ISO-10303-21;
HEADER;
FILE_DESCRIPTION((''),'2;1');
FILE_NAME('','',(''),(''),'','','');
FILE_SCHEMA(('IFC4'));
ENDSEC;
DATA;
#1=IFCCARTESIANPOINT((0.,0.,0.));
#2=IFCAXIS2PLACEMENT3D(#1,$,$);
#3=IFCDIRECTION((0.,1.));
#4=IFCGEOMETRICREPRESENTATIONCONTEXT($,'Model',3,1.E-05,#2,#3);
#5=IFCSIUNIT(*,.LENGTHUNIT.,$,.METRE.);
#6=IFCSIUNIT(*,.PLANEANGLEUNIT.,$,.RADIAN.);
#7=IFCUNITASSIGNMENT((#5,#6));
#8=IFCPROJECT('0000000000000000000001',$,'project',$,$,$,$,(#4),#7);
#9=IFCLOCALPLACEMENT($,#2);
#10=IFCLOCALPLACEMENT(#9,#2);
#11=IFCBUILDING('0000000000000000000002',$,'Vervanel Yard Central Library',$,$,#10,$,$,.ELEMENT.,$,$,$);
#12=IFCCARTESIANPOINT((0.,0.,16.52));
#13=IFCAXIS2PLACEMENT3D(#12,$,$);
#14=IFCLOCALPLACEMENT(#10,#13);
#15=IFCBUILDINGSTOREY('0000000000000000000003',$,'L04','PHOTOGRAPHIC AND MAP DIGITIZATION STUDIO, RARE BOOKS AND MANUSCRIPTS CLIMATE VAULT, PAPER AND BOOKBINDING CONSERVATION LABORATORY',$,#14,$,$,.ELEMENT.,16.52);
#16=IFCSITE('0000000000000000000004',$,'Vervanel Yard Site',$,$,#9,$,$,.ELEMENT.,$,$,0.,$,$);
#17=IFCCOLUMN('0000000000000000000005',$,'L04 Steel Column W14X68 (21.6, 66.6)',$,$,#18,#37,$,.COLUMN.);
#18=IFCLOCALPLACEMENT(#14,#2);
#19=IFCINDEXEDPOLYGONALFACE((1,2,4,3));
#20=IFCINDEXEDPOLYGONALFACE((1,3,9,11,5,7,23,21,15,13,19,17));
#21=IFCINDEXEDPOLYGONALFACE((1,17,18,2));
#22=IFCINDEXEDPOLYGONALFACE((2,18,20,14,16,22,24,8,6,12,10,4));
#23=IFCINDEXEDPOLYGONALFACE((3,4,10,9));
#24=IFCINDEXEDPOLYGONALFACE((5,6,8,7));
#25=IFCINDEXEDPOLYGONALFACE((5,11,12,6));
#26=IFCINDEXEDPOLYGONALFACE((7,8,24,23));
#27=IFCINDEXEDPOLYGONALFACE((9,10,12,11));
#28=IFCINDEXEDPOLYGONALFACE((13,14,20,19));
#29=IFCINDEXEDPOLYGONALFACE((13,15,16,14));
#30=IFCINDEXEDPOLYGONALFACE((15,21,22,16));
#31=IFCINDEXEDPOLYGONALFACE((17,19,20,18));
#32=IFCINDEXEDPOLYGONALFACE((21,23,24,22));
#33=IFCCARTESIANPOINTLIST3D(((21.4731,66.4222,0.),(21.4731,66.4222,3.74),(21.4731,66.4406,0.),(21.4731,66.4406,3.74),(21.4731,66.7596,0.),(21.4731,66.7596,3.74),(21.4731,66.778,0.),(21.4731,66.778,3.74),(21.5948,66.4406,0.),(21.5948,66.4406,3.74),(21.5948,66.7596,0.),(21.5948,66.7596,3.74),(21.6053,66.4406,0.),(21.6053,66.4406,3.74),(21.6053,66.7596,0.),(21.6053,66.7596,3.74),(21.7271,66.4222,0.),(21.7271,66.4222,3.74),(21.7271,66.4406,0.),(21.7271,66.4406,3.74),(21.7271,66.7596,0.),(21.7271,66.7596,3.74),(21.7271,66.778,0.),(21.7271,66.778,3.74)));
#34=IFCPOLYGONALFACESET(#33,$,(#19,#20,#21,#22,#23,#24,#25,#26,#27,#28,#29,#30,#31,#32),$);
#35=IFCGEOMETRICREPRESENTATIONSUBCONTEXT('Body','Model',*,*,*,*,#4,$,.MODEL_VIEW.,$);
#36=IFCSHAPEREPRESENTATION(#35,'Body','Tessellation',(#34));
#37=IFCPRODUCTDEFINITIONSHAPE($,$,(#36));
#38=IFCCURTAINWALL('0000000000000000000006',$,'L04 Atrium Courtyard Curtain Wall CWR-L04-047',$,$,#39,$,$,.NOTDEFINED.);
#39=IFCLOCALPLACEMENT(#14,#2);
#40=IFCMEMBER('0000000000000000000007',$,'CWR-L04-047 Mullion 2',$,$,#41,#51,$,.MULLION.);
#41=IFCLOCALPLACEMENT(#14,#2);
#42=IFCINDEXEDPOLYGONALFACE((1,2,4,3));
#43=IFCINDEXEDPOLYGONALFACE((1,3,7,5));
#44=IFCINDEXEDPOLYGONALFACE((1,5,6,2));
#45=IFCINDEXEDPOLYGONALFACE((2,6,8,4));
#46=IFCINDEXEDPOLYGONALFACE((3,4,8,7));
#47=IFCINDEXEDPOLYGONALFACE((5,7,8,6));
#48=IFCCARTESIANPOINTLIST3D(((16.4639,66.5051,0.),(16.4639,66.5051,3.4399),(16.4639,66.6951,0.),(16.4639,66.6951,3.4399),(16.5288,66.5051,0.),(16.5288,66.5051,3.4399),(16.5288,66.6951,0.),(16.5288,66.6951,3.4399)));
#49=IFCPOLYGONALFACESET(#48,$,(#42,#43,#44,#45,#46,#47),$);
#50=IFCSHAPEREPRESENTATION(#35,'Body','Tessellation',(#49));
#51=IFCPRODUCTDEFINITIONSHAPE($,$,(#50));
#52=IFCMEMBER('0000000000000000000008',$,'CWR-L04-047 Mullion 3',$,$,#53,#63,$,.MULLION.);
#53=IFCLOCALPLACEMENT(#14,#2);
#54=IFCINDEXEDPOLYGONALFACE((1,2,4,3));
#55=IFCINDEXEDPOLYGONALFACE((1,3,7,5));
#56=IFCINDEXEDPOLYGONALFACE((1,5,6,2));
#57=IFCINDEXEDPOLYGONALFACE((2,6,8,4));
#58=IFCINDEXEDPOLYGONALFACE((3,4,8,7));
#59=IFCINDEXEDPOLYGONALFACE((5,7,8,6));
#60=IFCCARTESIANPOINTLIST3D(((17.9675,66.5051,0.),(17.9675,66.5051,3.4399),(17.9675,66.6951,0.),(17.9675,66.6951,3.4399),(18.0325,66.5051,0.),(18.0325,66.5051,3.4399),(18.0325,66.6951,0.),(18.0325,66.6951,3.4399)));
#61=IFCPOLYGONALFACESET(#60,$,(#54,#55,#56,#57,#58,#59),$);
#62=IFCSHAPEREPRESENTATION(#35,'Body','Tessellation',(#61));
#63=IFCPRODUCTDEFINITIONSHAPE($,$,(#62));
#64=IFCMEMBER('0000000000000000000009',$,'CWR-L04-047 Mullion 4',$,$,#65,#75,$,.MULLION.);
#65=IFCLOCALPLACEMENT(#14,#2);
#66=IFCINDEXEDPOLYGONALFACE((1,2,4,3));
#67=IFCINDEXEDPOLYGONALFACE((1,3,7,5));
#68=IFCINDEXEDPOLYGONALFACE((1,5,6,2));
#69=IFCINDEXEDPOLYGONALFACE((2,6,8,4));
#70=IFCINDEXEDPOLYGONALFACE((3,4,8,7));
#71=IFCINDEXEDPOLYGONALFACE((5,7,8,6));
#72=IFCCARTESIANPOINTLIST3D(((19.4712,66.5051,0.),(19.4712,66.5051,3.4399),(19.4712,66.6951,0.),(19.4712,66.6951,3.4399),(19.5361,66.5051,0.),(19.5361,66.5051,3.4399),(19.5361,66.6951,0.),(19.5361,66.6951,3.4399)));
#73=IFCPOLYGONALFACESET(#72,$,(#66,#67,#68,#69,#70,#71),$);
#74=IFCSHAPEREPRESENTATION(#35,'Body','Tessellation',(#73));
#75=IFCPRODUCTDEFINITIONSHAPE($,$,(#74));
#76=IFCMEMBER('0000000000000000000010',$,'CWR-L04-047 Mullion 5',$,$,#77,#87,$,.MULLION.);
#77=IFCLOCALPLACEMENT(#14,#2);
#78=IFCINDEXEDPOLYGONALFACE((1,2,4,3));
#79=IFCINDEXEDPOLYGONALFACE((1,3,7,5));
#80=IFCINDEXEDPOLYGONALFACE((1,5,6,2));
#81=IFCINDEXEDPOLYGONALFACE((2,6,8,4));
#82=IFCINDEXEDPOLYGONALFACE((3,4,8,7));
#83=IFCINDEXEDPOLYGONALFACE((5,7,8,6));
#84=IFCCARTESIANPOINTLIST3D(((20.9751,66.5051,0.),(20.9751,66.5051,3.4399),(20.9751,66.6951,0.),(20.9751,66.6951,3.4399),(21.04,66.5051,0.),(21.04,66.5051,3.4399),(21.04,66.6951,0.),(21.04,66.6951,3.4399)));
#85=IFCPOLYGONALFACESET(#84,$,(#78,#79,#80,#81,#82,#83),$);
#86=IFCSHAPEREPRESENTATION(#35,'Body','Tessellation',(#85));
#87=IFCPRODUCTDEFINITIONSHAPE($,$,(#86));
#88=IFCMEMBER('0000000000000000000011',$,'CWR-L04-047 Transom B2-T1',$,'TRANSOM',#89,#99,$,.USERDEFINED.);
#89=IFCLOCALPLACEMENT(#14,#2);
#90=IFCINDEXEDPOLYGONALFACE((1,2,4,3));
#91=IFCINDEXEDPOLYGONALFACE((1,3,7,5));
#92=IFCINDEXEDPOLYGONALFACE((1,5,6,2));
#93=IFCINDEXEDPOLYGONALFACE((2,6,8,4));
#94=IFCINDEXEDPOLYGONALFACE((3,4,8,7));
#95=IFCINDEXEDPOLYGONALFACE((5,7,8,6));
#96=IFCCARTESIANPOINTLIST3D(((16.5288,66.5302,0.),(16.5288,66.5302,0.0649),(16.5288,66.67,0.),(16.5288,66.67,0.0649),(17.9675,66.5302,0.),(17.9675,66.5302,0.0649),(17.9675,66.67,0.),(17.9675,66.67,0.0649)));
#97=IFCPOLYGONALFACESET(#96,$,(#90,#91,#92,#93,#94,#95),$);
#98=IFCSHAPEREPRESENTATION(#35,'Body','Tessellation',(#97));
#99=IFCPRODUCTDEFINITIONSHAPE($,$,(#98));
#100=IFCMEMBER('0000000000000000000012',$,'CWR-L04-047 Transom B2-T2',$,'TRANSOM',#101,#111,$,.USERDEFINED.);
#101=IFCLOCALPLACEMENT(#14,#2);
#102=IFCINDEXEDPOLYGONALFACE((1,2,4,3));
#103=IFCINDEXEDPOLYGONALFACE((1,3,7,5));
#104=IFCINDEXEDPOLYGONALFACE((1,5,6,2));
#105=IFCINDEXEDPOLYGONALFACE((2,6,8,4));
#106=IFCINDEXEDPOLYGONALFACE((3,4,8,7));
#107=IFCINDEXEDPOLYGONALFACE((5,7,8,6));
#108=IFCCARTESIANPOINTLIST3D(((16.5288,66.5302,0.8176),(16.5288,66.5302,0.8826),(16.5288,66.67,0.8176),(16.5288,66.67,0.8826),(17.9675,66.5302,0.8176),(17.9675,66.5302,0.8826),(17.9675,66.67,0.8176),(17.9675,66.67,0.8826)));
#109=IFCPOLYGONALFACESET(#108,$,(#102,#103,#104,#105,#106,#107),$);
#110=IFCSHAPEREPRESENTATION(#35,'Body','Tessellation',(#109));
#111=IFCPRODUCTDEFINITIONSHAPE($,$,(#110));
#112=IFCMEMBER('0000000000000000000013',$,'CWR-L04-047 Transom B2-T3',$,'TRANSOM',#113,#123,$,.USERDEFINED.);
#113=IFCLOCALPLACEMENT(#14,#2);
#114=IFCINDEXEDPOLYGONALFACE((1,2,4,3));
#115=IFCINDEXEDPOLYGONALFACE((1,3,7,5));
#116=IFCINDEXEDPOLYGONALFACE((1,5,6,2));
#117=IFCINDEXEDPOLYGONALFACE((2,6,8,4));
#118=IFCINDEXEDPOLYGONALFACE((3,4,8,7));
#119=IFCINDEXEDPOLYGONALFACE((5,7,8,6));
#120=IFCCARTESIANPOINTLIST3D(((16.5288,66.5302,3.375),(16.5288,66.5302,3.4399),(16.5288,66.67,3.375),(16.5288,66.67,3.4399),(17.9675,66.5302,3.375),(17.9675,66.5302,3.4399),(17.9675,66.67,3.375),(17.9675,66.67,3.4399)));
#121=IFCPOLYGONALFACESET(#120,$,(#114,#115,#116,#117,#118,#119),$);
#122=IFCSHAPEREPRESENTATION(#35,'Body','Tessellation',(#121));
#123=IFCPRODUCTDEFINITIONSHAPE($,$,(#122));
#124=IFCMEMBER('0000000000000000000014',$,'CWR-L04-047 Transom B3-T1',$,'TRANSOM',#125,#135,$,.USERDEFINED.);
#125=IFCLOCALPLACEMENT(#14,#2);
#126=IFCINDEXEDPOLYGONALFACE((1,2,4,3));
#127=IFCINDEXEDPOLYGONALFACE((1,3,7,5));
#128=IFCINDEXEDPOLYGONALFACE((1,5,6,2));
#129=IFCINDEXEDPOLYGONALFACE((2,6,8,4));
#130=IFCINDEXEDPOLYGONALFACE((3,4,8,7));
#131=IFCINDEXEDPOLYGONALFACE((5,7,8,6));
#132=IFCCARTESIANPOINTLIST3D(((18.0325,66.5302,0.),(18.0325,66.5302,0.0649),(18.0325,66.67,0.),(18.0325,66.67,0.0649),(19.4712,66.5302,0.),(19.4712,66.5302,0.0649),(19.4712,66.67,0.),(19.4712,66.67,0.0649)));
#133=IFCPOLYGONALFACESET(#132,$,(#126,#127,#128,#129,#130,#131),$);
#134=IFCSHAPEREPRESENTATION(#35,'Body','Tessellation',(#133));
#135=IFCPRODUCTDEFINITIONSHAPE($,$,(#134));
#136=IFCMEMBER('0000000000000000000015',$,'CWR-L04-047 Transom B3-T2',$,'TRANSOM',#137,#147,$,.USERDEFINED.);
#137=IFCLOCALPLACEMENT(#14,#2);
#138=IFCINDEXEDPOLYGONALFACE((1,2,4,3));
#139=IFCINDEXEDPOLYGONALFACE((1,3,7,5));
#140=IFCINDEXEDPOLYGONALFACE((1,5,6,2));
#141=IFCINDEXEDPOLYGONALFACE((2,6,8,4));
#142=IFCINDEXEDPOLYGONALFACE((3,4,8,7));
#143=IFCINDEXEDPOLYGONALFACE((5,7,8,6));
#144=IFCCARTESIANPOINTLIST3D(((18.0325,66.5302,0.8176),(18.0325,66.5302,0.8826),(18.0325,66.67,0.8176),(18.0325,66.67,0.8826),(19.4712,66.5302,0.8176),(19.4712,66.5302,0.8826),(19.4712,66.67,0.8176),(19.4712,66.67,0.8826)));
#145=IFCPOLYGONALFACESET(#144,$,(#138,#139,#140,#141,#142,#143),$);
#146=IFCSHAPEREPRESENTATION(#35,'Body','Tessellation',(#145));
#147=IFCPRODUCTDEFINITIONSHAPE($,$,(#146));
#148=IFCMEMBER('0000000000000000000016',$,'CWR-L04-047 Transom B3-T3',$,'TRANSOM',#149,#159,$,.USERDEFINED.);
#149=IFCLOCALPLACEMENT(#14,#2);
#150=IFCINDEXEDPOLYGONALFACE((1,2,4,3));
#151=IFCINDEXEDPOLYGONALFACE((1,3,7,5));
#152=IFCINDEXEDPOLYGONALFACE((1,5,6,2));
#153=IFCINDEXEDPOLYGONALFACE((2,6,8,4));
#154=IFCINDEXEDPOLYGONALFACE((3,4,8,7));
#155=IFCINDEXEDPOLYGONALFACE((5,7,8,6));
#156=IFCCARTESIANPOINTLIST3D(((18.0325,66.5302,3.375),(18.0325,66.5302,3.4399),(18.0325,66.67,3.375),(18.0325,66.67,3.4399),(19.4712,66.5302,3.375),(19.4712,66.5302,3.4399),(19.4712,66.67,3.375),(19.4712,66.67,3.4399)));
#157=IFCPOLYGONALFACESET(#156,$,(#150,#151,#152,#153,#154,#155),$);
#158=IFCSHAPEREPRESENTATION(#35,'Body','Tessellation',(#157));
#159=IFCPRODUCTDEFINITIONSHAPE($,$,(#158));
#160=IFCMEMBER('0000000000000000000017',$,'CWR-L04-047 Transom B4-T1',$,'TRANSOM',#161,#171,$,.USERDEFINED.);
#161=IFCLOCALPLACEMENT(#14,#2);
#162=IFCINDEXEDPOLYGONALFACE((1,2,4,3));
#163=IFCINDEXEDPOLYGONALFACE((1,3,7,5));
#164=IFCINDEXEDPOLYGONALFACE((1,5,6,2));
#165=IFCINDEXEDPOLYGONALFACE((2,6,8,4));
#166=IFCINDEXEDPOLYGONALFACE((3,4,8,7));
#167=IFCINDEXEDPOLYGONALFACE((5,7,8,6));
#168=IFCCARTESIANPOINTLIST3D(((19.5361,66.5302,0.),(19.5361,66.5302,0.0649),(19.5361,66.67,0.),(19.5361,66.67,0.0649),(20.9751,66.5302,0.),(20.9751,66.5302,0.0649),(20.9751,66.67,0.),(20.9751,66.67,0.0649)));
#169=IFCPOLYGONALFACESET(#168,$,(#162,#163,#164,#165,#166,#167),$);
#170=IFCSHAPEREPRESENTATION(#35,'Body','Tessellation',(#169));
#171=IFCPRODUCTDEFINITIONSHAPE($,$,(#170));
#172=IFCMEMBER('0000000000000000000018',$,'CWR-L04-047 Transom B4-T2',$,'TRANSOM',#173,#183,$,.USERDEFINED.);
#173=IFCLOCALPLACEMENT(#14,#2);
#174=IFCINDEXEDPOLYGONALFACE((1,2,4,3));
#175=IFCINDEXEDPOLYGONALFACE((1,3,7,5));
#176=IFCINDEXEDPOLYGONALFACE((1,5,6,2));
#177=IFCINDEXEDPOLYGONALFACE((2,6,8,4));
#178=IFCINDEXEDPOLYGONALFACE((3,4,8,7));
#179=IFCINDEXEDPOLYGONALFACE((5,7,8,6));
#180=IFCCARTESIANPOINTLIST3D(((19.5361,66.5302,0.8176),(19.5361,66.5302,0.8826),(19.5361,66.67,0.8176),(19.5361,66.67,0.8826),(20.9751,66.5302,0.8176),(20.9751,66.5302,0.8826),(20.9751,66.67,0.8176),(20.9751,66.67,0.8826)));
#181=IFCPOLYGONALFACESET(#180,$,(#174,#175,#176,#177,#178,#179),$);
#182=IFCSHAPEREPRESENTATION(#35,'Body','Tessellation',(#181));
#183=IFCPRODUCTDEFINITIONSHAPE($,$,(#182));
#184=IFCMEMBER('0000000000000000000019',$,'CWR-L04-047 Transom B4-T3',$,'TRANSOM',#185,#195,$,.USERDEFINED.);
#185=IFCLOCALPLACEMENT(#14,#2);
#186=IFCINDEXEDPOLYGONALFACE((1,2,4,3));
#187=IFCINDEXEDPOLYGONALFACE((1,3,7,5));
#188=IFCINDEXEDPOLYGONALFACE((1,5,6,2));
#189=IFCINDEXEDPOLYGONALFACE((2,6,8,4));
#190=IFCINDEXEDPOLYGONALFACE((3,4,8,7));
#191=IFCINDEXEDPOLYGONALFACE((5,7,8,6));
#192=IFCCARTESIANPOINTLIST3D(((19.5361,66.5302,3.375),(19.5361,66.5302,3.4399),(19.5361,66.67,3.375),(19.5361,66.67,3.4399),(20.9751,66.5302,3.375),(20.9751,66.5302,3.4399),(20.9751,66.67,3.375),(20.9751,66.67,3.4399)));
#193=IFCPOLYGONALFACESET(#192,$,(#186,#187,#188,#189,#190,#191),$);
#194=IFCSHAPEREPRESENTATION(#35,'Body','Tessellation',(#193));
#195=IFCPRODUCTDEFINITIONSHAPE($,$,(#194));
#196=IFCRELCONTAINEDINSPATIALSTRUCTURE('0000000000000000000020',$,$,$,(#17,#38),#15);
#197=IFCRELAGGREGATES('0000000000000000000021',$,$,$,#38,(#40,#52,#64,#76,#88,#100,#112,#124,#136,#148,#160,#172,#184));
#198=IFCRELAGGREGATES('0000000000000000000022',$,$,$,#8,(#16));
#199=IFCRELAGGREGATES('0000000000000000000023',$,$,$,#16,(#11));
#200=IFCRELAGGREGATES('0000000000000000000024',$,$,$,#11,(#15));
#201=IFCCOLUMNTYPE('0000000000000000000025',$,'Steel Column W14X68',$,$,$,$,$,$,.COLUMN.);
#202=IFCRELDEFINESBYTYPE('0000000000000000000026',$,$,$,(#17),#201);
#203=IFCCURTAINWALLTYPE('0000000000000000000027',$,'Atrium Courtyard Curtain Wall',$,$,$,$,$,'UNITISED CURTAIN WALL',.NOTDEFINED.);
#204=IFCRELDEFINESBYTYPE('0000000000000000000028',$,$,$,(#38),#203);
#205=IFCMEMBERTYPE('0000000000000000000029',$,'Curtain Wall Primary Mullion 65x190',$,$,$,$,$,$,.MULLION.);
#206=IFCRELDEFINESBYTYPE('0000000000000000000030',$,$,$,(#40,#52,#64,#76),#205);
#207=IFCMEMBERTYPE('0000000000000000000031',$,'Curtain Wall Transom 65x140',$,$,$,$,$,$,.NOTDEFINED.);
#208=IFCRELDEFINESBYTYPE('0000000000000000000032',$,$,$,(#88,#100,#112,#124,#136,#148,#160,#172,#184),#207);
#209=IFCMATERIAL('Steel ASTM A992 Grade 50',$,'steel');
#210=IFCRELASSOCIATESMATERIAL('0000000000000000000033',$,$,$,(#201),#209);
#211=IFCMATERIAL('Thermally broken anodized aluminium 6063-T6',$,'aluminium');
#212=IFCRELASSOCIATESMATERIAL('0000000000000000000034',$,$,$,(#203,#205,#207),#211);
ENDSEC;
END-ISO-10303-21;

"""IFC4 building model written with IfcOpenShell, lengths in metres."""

from ifc_helpers import new_model, si_unit, direction, frame, origin, origin_2d, place, context, subcontext, project, spatial, rectangle, i_section, extrude, material, material_profile, profile_set, type_object, element, aggregate, save


model = new_model("IFC4")

# Units and contexts
model_context = context("Model", 3, precision=1e-05, world=origin(), true_north=direction((0.0, 1.0)))
body_context = subcontext(model_context, "Body", "Model", "MODEL_VIEW")
ifc_project = project(units=[si_unit("LENGTHUNIT", "METRE"), si_unit("PLANEANGLEUNIT", "RADIAN")], contexts=[model_context])

# Site, building, storey
site_placement = place(None, origin())
site = spatial("IfcSite", under=ifc_project, at=site_placement, Name="Vervanel Yard Site", CompositionType="ELEMENT", RefElevation=0.0)
building_placement = place(site_placement, origin())
building = spatial("IfcBuilding", under=site, at=building_placement, Name="Vervanel Yard Central Library", CompositionType="ELEMENT")
storey_placement = place(building_placement, frame((0.0, 0.0, 16.52)))
storey = spatial("IfcBuildingStorey", under=building, at=storey_placement, Name="L04", Description="PHOTOGRAPHIC AND MAP DIGITIZATION STUDIO, RARE BOOKS AND MANUSCRIPTS CLIMATE VAULT, PAPER AND BOOKBINDING CONSERVATION LABORATORY", CompositionType="ELEMENT", Elevation=16.52)

# Column
ifc_material_1 = material(Name="Steel ASTM A992 Grade 50", Category="steel")
ifc_material_profile_1 = material_profile(ifc_material_1, i_section(OverallWidth=0.2539, OverallDepth=0.3557, WebThickness=0.0105, FlangeThickness=0.0183, at=origin_2d()), Name="W14X68", Category="steel")
ifc_profile_set_1 = profile_set([ifc_material_profile_1], Name="Steel ASTM A992 Grade 50")
column_type = type_object("IfcColumnType", Name="Steel Column W14X68", PredefinedType="COLUMN", material=ifc_profile_set_1)
column_placement = place(storey_placement, frame((21.6001, 66.6001, 0.0), z_axis=(0.0, 0.0, 1.0), x_axis=(1.0, 0.0, 0.0)))
element("IfcColumn", 1, at=column_placement, inside=storey, type_object=column_type, Name="L04 Steel Column W14X68 (21.6, 66.6)", PredefinedType="COLUMN", context=body_context, shape_type="SweptSolid", body=[
    extrude(i_section(OverallWidth=0.2539, OverallDepth=0.3557, WebThickness=0.0105, FlangeThickness=0.0183, at=origin_2d()), origin(), (0.0, 0.0, 1.0), 3.74),
])

# Curtain wall, members
ifc_material_2 = material(Name="Thermally broken anodized aluminium 6063-T6", Category="aluminium")
curtain_wall_type = type_object("IfcCurtainWallType", Name="Atrium Courtyard Curtain Wall", ElementType="UNITISED CURTAIN WALL", PredefinedType="NOTDEFINED", material=ifc_material_2)
curtain_wall_placement = place(storey_placement, origin())
curtain_wall = element("IfcCurtainWall", 2, at=curtain_wall_placement, inside=storey, type_object=curtain_wall_type, Name="L04 Atrium Courtyard Curtain Wall CWR-L04-047", PredefinedType="NOTDEFINED")
ifc_material_profile_2 = material_profile(ifc_material_2, rectangle(XDim=0.0649, YDim=0.1899, at=origin_2d()), Name="ALU 65x190", Category="aluminium")
ifc_profile_set_2 = profile_set([ifc_material_profile_2], Name="Thermally broken anodized aluminium 6063-T6")
member_type_1 = type_object("IfcMemberType", Name="Curtain Wall Primary Mullion 65x190", PredefinedType="MULLION", material=ifc_profile_set_2)
member_1_placement = place(storey_placement, frame((16.4963, 66.6001, 0.0), z_axis=(0.0, 0.0, 1.0), x_axis=(1.0, 0.0, 0.0)))
member_1 = element("IfcMember", 3, at=member_1_placement, type_object=member_type_1, Name="CWR-L04-047 Mullion 2", PredefinedType="MULLION", context=body_context, shape_type="SweptSolid", body=[
    extrude(rectangle(XDim=0.0649, YDim=0.1899, at=origin_2d()), origin(), (0.0, 0.0, 1.0), 3.4399),
])
member_2_placement = place(storey_placement, frame((18.0, 66.6001, 0.0), z_axis=(0.0, 0.0, 1.0), x_axis=(1.0, 0.0, 0.0)))
member_2 = element("IfcMember", 4, at=member_2_placement, type_object=member_type_1, Name="CWR-L04-047 Mullion 3", PredefinedType="MULLION", context=body_context, shape_type="SweptSolid", body=[
    extrude(rectangle(XDim=0.0649, YDim=0.1899, at=origin_2d()), origin(), (0.0, 0.0, 1.0), 3.4399),
])
member_3_placement = place(storey_placement, frame((19.5037, 66.6001, 0.0), z_axis=(0.0, 0.0, 1.0), x_axis=(1.0, 0.0, 0.0)))
member_3 = element("IfcMember", 5, at=member_3_placement, type_object=member_type_1, Name="CWR-L04-047 Mullion 4", PredefinedType="MULLION", context=body_context, shape_type="SweptSolid", body=[
    extrude(rectangle(XDim=0.0649, YDim=0.1899, at=origin_2d()), origin(), (0.0, 0.0, 1.0), 3.4399),
])
member_4_placement = place(storey_placement, frame((21.0076, 66.6001, 0.0), z_axis=(0.0, 0.0, 1.0), x_axis=(1.0, 0.0, 0.0)))
member_4 = element("IfcMember", 6, at=member_4_placement, type_object=member_type_1, Name="CWR-L04-047 Mullion 5", PredefinedType="MULLION", context=body_context, shape_type="SweptSolid", body=[
    extrude(rectangle(XDim=0.0649, YDim=0.1899, at=origin_2d()), origin(), (0.0, 0.0, 1.0), 3.4399),
])
ifc_material_profile_3 = material_profile(ifc_material_2, rectangle(XDim=0.0649, YDim=0.1399, at=origin_2d()), Name="ALU 65x140", Category="aluminium")
ifc_profile_set_3 = profile_set([ifc_material_profile_3], Name="Thermally broken anodized aluminium 6063-T6")
member_type_2 = type_object("IfcMemberType", Name="Curtain Wall Transom 65x140", PredefinedType="NOTDEFINED", material=ifc_profile_set_3)
member_5_placement = place(storey_placement, frame((16.5288, 66.6001, 0.0325), z_axis=(1.0, 0.0, 0.0), x_axis=(0.0, 0.0, 1.0)))
member_5 = element("IfcMember", 7, at=member_5_placement, type_object=member_type_2, Name="CWR-L04-047 Transom B2-T1", ObjectType="TRANSOM", PredefinedType="USERDEFINED", context=body_context, shape_type="SweptSolid", body=[
    extrude(rectangle(XDim=0.0649, YDim=0.1399, at=origin_2d()), origin(), (0.0, 0.0, 1.0), 1.4387),
])
member_6_placement = place(storey_placement, frame((16.5288, 66.6001, 0.8501), z_axis=(1.0, 0.0, 0.0), x_axis=(0.0, 0.0, 1.0)))
member_6 = element("IfcMember", 8, at=member_6_placement, type_object=member_type_2, Name="CWR-L04-047 Transom B2-T2", ObjectType="TRANSOM", PredefinedType="USERDEFINED", context=body_context, shape_type="SweptSolid", body=[
    extrude(rectangle(XDim=0.0649, YDim=0.1399, at=origin_2d()), origin(), (0.0, 0.0, 1.0), 1.4387),
])
member_7_placement = place(storey_placement, frame((16.5288, 66.6001, 3.4075), z_axis=(1.0, 0.0, 0.0), x_axis=(0.0, 0.0, 1.0)))
member_7 = element("IfcMember", 9, at=member_7_placement, type_object=member_type_2, Name="CWR-L04-047 Transom B2-T3", ObjectType="TRANSOM", PredefinedType="USERDEFINED", context=body_context, shape_type="SweptSolid", body=[
    extrude(rectangle(XDim=0.0649, YDim=0.1399, at=origin_2d()), origin(), (0.0, 0.0, 1.0), 1.4387),
])
member_8_placement = place(storey_placement, frame((18.0325, 66.6001, 0.0325), z_axis=(1.0, 0.0, 0.0), x_axis=(0.0, 0.0, 1.0)))
member_8 = element("IfcMember", 10, at=member_8_placement, type_object=member_type_2, Name="CWR-L04-047 Transom B3-T1", ObjectType="TRANSOM", PredefinedType="USERDEFINED", context=body_context, shape_type="SweptSolid", body=[
    extrude(rectangle(XDim=0.0649, YDim=0.1399, at=origin_2d()), origin(), (0.0, 0.0, 1.0), 1.4387),
])
member_9_placement = place(storey_placement, frame((18.0325, 66.6001, 0.8501), z_axis=(1.0, 0.0, 0.0), x_axis=(0.0, 0.0, 1.0)))
member_9 = element("IfcMember", 11, at=member_9_placement, type_object=member_type_2, Name="CWR-L04-047 Transom B3-T2", ObjectType="TRANSOM", PredefinedType="USERDEFINED", context=body_context, shape_type="SweptSolid", body=[
    extrude(rectangle(XDim=0.0649, YDim=0.1399, at=origin_2d()), origin(), (0.0, 0.0, 1.0), 1.4387),
])
member_10_placement = place(storey_placement, frame((18.0325, 66.6001, 3.4075), z_axis=(1.0, 0.0, 0.0), x_axis=(0.0, 0.0, 1.0)))
member_10 = element("IfcMember", 12, at=member_10_placement, type_object=member_type_2, Name="CWR-L04-047 Transom B3-T3", ObjectType="TRANSOM", PredefinedType="USERDEFINED", context=body_context, shape_type="SweptSolid", body=[
    extrude(rectangle(XDim=0.0649, YDim=0.1399, at=origin_2d()), origin(), (0.0, 0.0, 1.0), 1.4387),
])
member_11_placement = place(storey_placement, frame((19.5361, 66.6001, 0.0325), z_axis=(1.0, 0.0, 0.0), x_axis=(0.0, 0.0, 1.0)))
member_11 = element("IfcMember", 13, at=member_11_placement, type_object=member_type_2, Name="CWR-L04-047 Transom B4-T1", ObjectType="TRANSOM", PredefinedType="USERDEFINED", context=body_context, shape_type="SweptSolid", body=[
    extrude(rectangle(XDim=0.0649, YDim=0.1399, at=origin_2d()), origin(), (0.0, 0.0, 1.0), 1.439),
])
member_12_placement = place(storey_placement, frame((19.5361, 66.6001, 0.8501), z_axis=(1.0, 0.0, 0.0), x_axis=(0.0, 0.0, 1.0)))
member_12 = element("IfcMember", 14, at=member_12_placement, type_object=member_type_2, Name="CWR-L04-047 Transom B4-T2", ObjectType="TRANSOM", PredefinedType="USERDEFINED", context=body_context, shape_type="SweptSolid", body=[
    extrude(rectangle(XDim=0.0649, YDim=0.1399, at=origin_2d()), origin(), (0.0, 0.0, 1.0), 1.439),
])
member_13_placement = place(storey_placement, frame((19.5361, 66.6001, 3.4075), z_axis=(1.0, 0.0, 0.0), x_axis=(0.0, 0.0, 1.0)))
member_13 = element("IfcMember", 15, at=member_13_placement, type_object=member_type_2, Name="CWR-L04-047 Transom B4-T3", ObjectType="TRANSOM", PredefinedType="USERDEFINED", context=body_context, shape_type="SweptSolid", body=[
    extrude(rectangle(XDim=0.0649, YDim=0.1399, at=origin_2d()), origin(), (0.0, 0.0, 1.0), 1.439),
])
aggregate(curtain_wall, [member_1, member_2, member_3, member_4, member_5, member_6, member_7, member_8, member_9, member_10, member_11, member_12, member_13])

save(model, "model.ifc")
